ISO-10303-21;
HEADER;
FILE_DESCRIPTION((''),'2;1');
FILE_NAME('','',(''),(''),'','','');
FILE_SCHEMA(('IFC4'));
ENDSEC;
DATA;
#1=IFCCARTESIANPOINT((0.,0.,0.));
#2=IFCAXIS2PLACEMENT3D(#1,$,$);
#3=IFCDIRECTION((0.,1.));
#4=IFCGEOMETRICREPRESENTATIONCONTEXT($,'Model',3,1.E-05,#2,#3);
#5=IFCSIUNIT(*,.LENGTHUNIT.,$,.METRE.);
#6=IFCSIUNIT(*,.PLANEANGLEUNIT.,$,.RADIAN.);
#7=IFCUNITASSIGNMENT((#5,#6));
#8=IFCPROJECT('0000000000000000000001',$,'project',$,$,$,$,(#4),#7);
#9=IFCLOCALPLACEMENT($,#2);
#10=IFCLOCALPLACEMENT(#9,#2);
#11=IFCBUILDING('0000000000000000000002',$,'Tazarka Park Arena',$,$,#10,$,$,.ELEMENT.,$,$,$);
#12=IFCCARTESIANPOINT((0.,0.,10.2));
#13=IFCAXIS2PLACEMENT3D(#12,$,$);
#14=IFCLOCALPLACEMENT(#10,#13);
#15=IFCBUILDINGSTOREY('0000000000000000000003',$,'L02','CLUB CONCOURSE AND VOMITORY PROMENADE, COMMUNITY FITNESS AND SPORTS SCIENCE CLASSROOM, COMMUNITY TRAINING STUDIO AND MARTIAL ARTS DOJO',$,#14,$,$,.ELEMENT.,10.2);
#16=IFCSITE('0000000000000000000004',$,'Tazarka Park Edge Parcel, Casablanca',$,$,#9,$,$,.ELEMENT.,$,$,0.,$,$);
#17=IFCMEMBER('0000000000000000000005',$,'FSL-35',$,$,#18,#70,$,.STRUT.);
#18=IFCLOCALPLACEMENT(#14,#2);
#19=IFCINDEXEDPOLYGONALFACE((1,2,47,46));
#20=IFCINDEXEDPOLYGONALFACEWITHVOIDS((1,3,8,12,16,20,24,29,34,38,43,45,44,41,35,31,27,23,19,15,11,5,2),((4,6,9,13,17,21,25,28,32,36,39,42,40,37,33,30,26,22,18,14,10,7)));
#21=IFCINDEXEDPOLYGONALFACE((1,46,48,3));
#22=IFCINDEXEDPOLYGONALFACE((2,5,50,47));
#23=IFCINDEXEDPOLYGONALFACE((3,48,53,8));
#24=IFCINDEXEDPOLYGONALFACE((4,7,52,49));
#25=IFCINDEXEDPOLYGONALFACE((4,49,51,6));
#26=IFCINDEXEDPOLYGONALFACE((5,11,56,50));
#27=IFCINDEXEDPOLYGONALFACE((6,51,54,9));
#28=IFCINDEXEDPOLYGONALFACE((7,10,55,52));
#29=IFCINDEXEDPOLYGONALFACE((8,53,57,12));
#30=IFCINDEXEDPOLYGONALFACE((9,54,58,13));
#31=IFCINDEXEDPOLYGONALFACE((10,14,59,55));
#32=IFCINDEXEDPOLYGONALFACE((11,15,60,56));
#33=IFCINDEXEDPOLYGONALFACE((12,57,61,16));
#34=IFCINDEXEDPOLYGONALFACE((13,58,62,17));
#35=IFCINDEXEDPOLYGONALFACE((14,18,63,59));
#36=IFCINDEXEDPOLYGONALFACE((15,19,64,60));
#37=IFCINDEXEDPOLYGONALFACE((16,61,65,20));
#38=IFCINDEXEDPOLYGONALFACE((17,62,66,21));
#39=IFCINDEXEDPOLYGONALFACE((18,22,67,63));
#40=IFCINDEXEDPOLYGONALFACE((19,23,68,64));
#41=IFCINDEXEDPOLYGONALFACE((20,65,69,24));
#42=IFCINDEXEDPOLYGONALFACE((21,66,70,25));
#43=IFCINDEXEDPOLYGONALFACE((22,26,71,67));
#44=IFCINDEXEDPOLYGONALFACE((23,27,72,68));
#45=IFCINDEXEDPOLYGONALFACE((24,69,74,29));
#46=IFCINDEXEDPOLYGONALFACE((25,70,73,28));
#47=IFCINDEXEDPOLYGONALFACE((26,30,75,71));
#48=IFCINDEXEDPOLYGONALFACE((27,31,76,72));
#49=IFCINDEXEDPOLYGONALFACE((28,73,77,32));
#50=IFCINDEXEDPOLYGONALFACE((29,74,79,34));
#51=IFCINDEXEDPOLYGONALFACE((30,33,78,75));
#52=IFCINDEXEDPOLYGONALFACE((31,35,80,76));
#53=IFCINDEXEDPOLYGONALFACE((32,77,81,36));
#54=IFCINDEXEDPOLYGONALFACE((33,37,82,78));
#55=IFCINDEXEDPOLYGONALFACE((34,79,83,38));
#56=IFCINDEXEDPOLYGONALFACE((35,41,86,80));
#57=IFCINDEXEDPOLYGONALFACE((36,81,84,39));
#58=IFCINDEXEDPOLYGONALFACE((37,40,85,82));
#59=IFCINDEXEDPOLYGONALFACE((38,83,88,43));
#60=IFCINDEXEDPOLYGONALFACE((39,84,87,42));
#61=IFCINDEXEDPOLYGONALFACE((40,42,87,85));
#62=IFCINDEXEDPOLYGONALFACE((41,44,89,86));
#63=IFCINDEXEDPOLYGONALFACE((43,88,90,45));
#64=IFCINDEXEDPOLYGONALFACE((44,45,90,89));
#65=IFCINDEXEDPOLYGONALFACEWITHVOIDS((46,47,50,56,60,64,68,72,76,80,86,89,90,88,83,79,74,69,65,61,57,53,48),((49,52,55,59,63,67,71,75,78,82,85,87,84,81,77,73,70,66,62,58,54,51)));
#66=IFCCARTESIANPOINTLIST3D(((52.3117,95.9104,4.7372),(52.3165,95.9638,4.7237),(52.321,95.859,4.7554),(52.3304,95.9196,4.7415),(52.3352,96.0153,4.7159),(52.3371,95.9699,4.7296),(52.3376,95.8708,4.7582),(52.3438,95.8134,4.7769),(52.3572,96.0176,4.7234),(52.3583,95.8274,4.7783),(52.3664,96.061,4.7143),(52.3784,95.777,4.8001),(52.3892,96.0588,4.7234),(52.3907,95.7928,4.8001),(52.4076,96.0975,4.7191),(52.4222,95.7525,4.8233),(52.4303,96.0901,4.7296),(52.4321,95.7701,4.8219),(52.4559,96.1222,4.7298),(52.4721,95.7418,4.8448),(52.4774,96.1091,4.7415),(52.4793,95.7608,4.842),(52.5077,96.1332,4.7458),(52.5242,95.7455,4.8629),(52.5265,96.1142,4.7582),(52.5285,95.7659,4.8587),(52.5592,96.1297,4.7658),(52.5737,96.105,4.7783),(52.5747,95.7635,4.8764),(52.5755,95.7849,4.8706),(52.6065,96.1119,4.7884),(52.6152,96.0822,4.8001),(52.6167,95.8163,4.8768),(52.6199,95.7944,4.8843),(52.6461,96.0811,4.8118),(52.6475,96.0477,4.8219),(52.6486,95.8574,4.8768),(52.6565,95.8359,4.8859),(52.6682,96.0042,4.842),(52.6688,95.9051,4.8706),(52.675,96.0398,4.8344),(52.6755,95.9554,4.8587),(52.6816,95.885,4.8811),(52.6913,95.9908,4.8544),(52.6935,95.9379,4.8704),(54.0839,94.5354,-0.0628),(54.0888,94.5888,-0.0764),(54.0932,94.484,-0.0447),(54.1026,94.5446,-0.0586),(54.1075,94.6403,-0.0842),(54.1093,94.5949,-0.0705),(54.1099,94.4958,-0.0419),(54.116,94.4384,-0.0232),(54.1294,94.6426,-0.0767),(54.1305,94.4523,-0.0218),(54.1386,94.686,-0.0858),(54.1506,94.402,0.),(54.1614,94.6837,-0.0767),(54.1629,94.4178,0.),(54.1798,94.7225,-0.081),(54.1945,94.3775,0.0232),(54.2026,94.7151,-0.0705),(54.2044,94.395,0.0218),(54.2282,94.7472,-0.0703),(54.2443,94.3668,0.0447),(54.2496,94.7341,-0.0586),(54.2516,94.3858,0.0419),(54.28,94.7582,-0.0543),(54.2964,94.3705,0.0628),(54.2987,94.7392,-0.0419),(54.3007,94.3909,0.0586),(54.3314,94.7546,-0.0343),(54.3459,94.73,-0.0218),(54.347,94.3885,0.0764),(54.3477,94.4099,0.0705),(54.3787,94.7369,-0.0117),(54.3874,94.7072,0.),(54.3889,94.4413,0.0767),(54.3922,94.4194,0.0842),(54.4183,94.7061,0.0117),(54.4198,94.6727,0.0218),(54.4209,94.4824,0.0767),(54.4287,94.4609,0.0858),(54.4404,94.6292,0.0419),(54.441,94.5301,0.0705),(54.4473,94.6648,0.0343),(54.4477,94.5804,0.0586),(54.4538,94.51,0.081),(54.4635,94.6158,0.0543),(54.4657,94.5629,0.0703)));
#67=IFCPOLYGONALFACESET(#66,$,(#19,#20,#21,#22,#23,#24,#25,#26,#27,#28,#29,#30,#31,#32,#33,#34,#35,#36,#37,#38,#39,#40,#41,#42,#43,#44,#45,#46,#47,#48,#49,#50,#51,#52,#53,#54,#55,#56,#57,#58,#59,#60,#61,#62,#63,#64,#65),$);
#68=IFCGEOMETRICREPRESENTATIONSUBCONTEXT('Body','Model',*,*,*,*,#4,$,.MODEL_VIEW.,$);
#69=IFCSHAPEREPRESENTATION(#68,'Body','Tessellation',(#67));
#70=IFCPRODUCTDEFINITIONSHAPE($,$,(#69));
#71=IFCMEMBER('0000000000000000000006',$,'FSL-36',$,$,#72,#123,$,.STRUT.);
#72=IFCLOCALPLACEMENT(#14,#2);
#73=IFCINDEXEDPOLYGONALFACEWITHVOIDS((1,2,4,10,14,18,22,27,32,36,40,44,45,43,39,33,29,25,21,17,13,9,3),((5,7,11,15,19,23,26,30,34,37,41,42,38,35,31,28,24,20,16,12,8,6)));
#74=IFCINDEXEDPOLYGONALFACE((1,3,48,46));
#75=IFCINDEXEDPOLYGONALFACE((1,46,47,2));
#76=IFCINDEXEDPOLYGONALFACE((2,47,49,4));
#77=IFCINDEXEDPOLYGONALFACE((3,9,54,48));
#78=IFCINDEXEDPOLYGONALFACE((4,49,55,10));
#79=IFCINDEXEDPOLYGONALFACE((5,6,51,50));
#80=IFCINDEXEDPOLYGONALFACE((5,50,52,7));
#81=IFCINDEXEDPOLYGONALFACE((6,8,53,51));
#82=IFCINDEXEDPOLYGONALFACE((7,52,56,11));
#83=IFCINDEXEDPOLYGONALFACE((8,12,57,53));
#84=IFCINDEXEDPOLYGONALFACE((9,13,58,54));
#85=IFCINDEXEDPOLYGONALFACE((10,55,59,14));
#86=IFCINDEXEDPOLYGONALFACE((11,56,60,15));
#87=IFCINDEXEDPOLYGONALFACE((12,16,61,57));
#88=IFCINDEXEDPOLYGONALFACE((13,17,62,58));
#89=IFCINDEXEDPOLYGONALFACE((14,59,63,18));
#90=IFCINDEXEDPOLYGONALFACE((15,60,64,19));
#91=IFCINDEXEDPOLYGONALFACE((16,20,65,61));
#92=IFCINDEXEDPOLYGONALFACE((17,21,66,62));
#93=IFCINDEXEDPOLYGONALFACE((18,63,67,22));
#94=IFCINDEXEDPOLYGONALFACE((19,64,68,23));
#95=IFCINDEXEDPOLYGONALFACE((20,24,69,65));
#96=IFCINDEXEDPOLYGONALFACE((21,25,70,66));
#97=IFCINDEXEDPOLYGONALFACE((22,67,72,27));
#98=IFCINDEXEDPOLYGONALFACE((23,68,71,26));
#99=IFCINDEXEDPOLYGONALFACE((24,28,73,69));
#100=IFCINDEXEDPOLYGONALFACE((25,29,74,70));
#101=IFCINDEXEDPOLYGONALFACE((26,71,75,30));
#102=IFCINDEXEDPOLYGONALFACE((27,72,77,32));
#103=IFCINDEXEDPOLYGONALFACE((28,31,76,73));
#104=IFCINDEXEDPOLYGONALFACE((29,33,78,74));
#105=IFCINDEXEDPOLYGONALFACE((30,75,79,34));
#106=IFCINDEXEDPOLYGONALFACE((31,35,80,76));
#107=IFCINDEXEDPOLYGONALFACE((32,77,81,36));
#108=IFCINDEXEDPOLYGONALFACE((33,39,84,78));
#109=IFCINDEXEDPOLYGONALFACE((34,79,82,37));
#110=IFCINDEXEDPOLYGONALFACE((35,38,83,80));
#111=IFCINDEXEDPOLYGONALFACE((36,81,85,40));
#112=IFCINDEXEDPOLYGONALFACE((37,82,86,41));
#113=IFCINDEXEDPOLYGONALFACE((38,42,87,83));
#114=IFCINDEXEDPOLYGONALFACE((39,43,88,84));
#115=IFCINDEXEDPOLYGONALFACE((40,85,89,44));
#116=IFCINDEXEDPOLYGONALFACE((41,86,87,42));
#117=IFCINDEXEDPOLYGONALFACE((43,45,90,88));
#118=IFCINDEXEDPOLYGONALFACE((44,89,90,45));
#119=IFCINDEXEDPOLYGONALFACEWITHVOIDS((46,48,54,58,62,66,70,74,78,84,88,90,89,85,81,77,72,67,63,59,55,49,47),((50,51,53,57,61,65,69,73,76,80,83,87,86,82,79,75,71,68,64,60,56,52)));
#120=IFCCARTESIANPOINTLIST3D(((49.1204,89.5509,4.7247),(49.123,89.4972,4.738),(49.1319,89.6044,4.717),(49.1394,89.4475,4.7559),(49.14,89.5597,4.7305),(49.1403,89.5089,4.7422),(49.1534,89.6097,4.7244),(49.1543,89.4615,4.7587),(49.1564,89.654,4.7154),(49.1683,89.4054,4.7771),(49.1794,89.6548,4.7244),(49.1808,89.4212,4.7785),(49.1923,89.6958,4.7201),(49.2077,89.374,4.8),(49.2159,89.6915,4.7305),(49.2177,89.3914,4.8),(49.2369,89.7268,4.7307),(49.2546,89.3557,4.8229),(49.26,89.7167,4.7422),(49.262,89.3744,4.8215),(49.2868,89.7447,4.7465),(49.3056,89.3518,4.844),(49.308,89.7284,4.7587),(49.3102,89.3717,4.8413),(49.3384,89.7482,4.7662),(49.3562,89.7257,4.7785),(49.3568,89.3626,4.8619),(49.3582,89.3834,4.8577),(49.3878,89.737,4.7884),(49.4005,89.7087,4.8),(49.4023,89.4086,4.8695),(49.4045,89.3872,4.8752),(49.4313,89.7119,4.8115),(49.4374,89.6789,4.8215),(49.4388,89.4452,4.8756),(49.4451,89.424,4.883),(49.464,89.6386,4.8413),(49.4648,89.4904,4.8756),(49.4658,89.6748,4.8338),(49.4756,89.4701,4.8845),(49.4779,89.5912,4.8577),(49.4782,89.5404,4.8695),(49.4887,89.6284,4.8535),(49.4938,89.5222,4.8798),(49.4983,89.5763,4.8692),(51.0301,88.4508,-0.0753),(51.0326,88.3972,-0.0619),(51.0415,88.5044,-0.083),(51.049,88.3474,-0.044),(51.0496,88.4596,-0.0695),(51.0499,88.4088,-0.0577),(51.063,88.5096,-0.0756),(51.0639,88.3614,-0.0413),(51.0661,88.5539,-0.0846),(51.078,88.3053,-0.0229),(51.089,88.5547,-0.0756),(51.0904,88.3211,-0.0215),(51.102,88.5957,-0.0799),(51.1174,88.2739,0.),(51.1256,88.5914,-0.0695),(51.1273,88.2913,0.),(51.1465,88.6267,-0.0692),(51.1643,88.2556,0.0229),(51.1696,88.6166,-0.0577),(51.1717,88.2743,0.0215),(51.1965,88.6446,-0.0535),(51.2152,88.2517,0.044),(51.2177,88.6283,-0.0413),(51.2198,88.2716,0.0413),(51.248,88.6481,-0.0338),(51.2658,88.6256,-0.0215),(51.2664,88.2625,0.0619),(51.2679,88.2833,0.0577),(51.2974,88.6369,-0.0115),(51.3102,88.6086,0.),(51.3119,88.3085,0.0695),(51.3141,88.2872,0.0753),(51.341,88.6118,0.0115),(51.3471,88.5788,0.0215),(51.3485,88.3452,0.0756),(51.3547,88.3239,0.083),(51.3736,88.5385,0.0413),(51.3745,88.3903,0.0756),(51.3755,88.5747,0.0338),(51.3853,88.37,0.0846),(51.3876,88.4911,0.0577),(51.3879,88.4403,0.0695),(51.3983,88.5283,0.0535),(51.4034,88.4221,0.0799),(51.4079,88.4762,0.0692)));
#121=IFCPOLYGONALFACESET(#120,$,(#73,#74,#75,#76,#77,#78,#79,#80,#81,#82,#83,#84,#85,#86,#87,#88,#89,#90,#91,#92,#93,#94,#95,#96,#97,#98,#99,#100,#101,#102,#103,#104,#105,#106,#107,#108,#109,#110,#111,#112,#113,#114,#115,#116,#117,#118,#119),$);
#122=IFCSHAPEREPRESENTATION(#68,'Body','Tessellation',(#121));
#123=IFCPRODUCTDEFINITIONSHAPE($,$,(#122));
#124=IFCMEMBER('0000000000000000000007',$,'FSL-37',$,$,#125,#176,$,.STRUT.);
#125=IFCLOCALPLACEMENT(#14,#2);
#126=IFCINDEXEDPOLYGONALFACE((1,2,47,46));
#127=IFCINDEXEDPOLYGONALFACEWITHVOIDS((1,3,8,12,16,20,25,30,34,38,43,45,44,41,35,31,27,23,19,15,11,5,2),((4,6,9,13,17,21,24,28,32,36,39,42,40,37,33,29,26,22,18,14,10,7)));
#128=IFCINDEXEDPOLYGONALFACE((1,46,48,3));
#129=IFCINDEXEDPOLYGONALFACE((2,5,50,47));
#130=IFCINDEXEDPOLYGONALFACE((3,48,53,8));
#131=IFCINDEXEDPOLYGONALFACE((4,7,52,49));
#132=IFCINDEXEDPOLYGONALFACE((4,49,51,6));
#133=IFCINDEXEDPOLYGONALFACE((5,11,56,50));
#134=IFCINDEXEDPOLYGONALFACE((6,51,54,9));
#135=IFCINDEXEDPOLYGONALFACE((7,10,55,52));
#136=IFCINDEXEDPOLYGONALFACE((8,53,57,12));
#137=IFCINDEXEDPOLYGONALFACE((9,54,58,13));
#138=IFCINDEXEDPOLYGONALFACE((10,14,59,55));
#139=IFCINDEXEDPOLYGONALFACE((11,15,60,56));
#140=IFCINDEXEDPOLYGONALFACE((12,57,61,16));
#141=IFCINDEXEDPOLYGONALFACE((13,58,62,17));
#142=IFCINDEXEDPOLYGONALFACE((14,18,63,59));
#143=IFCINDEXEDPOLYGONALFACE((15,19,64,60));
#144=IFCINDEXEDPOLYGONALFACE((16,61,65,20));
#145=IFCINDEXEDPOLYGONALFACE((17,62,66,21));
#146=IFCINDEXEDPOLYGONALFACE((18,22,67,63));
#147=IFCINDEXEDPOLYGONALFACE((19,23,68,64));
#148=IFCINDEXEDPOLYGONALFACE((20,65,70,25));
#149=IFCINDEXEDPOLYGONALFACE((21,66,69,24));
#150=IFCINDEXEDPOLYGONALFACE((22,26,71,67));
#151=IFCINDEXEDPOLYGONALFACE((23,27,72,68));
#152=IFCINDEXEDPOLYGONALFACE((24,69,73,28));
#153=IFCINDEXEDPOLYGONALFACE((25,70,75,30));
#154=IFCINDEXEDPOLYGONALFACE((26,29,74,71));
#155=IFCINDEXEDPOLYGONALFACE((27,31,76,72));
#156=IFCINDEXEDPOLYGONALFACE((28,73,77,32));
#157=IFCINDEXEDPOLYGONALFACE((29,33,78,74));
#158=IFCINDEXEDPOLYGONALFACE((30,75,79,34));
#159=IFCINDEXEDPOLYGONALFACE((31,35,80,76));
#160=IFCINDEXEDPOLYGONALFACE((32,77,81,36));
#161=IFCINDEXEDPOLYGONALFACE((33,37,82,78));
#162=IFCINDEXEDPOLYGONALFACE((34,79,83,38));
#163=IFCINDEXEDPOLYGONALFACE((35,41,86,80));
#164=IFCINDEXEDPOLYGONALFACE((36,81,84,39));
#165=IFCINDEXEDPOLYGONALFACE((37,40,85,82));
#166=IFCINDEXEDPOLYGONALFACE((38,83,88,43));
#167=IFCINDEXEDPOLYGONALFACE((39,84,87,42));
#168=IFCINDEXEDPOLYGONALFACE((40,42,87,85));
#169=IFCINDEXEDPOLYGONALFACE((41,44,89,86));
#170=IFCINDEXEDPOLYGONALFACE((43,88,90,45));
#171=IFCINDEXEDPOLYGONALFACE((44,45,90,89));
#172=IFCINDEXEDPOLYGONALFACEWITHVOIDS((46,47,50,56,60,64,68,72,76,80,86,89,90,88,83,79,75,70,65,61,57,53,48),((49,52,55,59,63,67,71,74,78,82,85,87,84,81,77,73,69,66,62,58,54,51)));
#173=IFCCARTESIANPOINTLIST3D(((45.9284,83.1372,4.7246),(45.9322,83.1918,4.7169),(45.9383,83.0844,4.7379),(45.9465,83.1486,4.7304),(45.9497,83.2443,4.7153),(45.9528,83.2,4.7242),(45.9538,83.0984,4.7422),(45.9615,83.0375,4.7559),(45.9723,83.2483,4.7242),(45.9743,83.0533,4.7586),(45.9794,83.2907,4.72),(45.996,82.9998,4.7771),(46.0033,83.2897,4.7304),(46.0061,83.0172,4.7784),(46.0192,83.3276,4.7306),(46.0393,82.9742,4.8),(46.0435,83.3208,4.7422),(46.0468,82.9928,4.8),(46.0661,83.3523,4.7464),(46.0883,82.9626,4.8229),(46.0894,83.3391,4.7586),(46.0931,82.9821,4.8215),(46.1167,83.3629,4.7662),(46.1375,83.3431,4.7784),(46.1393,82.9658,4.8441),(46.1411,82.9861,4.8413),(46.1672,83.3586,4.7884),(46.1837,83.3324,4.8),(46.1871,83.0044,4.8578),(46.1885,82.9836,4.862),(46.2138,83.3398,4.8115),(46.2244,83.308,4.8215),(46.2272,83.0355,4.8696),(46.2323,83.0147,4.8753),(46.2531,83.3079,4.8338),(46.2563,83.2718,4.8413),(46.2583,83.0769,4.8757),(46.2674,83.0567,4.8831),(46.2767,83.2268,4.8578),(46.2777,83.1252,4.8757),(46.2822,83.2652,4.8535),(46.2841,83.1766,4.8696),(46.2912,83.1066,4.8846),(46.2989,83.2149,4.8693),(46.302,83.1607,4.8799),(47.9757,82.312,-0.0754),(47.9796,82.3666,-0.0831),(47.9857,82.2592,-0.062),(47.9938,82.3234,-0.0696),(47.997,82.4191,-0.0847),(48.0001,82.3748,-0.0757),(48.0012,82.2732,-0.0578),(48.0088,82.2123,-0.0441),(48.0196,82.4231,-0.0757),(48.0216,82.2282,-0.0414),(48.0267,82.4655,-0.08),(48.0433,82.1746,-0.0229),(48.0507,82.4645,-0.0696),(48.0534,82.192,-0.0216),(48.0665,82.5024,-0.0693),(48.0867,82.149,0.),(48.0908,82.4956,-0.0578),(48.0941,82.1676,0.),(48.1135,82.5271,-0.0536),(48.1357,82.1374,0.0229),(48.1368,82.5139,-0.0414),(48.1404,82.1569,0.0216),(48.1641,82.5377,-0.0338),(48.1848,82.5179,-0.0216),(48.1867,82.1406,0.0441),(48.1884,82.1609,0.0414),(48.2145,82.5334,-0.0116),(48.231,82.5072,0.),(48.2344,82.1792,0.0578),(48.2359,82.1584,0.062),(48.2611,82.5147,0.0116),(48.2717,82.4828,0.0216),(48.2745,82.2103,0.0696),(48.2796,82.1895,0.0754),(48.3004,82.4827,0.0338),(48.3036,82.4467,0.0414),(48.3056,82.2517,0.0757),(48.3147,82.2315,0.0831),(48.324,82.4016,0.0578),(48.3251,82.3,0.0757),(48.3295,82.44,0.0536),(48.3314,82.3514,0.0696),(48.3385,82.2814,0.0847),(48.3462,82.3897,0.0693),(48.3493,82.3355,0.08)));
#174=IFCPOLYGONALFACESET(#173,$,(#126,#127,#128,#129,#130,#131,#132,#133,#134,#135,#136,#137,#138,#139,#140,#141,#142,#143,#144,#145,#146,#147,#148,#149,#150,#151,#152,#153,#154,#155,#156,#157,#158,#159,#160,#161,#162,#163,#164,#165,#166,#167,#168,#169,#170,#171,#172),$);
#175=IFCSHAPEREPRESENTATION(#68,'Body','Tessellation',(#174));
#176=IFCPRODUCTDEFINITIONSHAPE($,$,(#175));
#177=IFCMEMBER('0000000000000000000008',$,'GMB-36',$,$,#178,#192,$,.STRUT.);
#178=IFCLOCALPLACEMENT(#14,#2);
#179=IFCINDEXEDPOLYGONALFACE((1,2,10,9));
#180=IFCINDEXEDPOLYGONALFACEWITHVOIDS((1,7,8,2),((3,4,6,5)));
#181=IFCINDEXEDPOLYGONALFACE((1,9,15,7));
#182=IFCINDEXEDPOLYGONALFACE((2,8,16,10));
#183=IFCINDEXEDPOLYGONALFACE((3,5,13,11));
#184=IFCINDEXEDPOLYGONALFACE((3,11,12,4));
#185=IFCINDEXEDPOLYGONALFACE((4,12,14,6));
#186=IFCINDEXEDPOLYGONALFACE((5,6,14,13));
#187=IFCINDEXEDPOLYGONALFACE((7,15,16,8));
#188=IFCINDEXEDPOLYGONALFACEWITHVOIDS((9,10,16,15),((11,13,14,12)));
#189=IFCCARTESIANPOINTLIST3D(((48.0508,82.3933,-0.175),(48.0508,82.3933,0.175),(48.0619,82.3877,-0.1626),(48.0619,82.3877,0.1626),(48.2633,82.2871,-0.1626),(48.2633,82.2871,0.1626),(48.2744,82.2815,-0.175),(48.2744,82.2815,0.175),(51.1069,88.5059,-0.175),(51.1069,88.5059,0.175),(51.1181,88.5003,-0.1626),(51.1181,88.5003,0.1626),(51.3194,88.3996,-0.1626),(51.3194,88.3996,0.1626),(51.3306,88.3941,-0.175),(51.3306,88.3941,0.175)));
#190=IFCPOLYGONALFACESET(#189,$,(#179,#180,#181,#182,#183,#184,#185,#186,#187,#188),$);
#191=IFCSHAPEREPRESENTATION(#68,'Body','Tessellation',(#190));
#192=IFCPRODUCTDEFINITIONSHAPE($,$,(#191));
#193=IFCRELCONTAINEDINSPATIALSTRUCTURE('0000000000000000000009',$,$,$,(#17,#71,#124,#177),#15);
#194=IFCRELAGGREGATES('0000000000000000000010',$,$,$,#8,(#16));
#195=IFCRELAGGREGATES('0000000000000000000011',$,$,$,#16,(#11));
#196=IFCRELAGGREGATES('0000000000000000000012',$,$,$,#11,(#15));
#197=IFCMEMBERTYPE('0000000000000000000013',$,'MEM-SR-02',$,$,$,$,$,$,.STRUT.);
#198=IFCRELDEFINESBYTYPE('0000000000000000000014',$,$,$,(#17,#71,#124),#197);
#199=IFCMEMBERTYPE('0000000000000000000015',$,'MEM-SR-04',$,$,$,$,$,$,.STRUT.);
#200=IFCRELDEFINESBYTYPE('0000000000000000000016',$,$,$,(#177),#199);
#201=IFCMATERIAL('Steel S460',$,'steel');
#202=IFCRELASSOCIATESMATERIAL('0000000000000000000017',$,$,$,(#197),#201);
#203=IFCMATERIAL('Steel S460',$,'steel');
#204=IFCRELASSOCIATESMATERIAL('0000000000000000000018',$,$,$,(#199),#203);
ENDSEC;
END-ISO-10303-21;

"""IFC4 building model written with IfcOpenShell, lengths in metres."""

from ifc_helpers import new_model, si_unit, direction, frame, origin, origin_2d, place, context, subcontext, project, spatial, hollow_rectangle, hollow_circle, extrude, material, material_profile, profile_set, type_object, element, save


model = new_model("IFC4")

# Units and contexts
model_context = context("Model", 3, precision=1e-05, world=origin(), true_north=direction((0.0, 1.0)))
body_context = subcontext(model_context, "Body", "Model", "MODEL_VIEW")
ifc_project = project(units=[si_unit("LENGTHUNIT", "METRE"), si_unit("PLANEANGLEUNIT", "RADIAN")], contexts=[model_context])

# Site, building, storey
site_placement = place(None, origin())
site = spatial("IfcSite", under=ifc_project, at=site_placement, Name="Tazarka Park Edge Parcel, Casablanca", CompositionType="ELEMENT", RefElevation=0.0)
building_placement = place(site_placement, origin())
building = spatial("IfcBuilding", under=site, at=building_placement, Name="Tazarka Park Arena", CompositionType="ELEMENT")
storey_placement = place(building_placement, frame((0.0, 0.0, 10.2)))
storey = spatial("IfcBuildingStorey", under=building, at=storey_placement, Name="L02", Description="CLUB CONCOURSE AND VOMITORY PROMENADE, COMMUNITY FITNESS AND SPORTS SCIENCE CLASSROOM, COMMUNITY TRAINING STUDIO AND MARTIAL ARTS DOJO", CompositionType="ELEMENT", Elevation=10.2)

# Members
ifc_material_1 = material(Name="Steel S460", Category="steel")
ifc_material_profile_1 = material_profile(ifc_material_1, hollow_circle(Radius=0.2031, WallThickness=0.02, at=origin_2d()), Name="Steel S460")
ifc_profile_set_1 = profile_set([ifc_material_profile_1], Name="Steel S460")
member_type_1 = type_object("IfcMemberType", Name="MEM-SR-02", PredefinedType="STRUT", material=ifc_profile_set_1)
member_1_placement = place(storey_placement, frame((54.2751, 94.5625, 0.0), z_axis=(-0.334489, 0.259518, 0.905962), x_axis=(-0.612998, -0.790084, 0.0)))
element("IfcMember", 1, at=member_1_placement, inside=storey, type_object=member_type_1, Name="FSL-35", PredefinedType="STRUT", context=body_context, shape_type="SweptSolid", body=[
    extrude(hollow_circle(Radius=0.2031, WallThickness=0.02, at=origin_2d()), origin(), (0.0, 0.0, 1.0), 5.2983),
])
member_2_placement = place(storey_placement, frame((51.2188, 88.45, 0.0), z_axis=(-0.361556, 0.20828, 0.908789), x_axis=(-0.499166, -0.866506, 0.0)))
element("IfcMember", 2, at=member_2_placement, inside=storey, type_object=member_type_1, Name="FSL-36", PredefinedType="STRUT", context=body_context, shape_type="SweptSolid", body=[
    extrude(hollow_circle(Radius=0.2031, WallThickness=0.02, at=origin_2d()), origin(), (0.0, 0.0, 1.0), 5.2817),
])
member_3_placement = place(storey_placement, frame((48.1626, 82.3374, 0.0), z_axis=(-0.387517, 0.15619, 0.908535), x_axis=(-0.37383, -0.927497, 0.0)))
element("IfcMember", 3, at=member_3_placement, inside=storey, type_object=member_type_1, Name="FSL-37", PredefinedType="STRUT", context=body_context, shape_type="SweptSolid", body=[
    extrude(hollow_circle(Radius=0.2031, WallThickness=0.02, at=origin_2d()), origin(), (0.0, 0.0, 1.0), 5.2832),
])
ifc_material_2 = material(Name="Steel S460", Category="steel")
ifc_material_profile_2 = material_profile(ifc_material_2, hollow_rectangle(XDim=0.25, YDim=0.3501, WallThickness=0.0125, at=origin_2d()), Name="Steel S460")
ifc_profile_set_2 = profile_set([ifc_material_profile_2], Name="Steel S460")
member_type_2 = type_object("IfcMemberType", Name="MEM-SR-04", PredefinedType="STRUT", material=ifc_profile_set_2)
for number, where, z_axis, x_axis, name in (
    (4, (51.2188, 88.45, 0.0), (-0.447199, -0.894434, 0.0), (0.894434, -0.447199, 0.0), "GMB-36"),
):
    element("IfcMember", number, at=place(storey_placement, frame(where, z_axis=z_axis, x_axis=x_axis)), inside=storey, type_object=member_type_2, Name=name, PredefinedType="STRUT", context=body_context, shape_type="SweptSolid", body=[
        extrude(hollow_rectangle(XDim=0.25, YDim=0.3501, WallThickness=0.0125, at=origin_2d()), origin(), (0.0, 0.0, 1.0), 6.834),
    ])

save(model, "model.ifc")
